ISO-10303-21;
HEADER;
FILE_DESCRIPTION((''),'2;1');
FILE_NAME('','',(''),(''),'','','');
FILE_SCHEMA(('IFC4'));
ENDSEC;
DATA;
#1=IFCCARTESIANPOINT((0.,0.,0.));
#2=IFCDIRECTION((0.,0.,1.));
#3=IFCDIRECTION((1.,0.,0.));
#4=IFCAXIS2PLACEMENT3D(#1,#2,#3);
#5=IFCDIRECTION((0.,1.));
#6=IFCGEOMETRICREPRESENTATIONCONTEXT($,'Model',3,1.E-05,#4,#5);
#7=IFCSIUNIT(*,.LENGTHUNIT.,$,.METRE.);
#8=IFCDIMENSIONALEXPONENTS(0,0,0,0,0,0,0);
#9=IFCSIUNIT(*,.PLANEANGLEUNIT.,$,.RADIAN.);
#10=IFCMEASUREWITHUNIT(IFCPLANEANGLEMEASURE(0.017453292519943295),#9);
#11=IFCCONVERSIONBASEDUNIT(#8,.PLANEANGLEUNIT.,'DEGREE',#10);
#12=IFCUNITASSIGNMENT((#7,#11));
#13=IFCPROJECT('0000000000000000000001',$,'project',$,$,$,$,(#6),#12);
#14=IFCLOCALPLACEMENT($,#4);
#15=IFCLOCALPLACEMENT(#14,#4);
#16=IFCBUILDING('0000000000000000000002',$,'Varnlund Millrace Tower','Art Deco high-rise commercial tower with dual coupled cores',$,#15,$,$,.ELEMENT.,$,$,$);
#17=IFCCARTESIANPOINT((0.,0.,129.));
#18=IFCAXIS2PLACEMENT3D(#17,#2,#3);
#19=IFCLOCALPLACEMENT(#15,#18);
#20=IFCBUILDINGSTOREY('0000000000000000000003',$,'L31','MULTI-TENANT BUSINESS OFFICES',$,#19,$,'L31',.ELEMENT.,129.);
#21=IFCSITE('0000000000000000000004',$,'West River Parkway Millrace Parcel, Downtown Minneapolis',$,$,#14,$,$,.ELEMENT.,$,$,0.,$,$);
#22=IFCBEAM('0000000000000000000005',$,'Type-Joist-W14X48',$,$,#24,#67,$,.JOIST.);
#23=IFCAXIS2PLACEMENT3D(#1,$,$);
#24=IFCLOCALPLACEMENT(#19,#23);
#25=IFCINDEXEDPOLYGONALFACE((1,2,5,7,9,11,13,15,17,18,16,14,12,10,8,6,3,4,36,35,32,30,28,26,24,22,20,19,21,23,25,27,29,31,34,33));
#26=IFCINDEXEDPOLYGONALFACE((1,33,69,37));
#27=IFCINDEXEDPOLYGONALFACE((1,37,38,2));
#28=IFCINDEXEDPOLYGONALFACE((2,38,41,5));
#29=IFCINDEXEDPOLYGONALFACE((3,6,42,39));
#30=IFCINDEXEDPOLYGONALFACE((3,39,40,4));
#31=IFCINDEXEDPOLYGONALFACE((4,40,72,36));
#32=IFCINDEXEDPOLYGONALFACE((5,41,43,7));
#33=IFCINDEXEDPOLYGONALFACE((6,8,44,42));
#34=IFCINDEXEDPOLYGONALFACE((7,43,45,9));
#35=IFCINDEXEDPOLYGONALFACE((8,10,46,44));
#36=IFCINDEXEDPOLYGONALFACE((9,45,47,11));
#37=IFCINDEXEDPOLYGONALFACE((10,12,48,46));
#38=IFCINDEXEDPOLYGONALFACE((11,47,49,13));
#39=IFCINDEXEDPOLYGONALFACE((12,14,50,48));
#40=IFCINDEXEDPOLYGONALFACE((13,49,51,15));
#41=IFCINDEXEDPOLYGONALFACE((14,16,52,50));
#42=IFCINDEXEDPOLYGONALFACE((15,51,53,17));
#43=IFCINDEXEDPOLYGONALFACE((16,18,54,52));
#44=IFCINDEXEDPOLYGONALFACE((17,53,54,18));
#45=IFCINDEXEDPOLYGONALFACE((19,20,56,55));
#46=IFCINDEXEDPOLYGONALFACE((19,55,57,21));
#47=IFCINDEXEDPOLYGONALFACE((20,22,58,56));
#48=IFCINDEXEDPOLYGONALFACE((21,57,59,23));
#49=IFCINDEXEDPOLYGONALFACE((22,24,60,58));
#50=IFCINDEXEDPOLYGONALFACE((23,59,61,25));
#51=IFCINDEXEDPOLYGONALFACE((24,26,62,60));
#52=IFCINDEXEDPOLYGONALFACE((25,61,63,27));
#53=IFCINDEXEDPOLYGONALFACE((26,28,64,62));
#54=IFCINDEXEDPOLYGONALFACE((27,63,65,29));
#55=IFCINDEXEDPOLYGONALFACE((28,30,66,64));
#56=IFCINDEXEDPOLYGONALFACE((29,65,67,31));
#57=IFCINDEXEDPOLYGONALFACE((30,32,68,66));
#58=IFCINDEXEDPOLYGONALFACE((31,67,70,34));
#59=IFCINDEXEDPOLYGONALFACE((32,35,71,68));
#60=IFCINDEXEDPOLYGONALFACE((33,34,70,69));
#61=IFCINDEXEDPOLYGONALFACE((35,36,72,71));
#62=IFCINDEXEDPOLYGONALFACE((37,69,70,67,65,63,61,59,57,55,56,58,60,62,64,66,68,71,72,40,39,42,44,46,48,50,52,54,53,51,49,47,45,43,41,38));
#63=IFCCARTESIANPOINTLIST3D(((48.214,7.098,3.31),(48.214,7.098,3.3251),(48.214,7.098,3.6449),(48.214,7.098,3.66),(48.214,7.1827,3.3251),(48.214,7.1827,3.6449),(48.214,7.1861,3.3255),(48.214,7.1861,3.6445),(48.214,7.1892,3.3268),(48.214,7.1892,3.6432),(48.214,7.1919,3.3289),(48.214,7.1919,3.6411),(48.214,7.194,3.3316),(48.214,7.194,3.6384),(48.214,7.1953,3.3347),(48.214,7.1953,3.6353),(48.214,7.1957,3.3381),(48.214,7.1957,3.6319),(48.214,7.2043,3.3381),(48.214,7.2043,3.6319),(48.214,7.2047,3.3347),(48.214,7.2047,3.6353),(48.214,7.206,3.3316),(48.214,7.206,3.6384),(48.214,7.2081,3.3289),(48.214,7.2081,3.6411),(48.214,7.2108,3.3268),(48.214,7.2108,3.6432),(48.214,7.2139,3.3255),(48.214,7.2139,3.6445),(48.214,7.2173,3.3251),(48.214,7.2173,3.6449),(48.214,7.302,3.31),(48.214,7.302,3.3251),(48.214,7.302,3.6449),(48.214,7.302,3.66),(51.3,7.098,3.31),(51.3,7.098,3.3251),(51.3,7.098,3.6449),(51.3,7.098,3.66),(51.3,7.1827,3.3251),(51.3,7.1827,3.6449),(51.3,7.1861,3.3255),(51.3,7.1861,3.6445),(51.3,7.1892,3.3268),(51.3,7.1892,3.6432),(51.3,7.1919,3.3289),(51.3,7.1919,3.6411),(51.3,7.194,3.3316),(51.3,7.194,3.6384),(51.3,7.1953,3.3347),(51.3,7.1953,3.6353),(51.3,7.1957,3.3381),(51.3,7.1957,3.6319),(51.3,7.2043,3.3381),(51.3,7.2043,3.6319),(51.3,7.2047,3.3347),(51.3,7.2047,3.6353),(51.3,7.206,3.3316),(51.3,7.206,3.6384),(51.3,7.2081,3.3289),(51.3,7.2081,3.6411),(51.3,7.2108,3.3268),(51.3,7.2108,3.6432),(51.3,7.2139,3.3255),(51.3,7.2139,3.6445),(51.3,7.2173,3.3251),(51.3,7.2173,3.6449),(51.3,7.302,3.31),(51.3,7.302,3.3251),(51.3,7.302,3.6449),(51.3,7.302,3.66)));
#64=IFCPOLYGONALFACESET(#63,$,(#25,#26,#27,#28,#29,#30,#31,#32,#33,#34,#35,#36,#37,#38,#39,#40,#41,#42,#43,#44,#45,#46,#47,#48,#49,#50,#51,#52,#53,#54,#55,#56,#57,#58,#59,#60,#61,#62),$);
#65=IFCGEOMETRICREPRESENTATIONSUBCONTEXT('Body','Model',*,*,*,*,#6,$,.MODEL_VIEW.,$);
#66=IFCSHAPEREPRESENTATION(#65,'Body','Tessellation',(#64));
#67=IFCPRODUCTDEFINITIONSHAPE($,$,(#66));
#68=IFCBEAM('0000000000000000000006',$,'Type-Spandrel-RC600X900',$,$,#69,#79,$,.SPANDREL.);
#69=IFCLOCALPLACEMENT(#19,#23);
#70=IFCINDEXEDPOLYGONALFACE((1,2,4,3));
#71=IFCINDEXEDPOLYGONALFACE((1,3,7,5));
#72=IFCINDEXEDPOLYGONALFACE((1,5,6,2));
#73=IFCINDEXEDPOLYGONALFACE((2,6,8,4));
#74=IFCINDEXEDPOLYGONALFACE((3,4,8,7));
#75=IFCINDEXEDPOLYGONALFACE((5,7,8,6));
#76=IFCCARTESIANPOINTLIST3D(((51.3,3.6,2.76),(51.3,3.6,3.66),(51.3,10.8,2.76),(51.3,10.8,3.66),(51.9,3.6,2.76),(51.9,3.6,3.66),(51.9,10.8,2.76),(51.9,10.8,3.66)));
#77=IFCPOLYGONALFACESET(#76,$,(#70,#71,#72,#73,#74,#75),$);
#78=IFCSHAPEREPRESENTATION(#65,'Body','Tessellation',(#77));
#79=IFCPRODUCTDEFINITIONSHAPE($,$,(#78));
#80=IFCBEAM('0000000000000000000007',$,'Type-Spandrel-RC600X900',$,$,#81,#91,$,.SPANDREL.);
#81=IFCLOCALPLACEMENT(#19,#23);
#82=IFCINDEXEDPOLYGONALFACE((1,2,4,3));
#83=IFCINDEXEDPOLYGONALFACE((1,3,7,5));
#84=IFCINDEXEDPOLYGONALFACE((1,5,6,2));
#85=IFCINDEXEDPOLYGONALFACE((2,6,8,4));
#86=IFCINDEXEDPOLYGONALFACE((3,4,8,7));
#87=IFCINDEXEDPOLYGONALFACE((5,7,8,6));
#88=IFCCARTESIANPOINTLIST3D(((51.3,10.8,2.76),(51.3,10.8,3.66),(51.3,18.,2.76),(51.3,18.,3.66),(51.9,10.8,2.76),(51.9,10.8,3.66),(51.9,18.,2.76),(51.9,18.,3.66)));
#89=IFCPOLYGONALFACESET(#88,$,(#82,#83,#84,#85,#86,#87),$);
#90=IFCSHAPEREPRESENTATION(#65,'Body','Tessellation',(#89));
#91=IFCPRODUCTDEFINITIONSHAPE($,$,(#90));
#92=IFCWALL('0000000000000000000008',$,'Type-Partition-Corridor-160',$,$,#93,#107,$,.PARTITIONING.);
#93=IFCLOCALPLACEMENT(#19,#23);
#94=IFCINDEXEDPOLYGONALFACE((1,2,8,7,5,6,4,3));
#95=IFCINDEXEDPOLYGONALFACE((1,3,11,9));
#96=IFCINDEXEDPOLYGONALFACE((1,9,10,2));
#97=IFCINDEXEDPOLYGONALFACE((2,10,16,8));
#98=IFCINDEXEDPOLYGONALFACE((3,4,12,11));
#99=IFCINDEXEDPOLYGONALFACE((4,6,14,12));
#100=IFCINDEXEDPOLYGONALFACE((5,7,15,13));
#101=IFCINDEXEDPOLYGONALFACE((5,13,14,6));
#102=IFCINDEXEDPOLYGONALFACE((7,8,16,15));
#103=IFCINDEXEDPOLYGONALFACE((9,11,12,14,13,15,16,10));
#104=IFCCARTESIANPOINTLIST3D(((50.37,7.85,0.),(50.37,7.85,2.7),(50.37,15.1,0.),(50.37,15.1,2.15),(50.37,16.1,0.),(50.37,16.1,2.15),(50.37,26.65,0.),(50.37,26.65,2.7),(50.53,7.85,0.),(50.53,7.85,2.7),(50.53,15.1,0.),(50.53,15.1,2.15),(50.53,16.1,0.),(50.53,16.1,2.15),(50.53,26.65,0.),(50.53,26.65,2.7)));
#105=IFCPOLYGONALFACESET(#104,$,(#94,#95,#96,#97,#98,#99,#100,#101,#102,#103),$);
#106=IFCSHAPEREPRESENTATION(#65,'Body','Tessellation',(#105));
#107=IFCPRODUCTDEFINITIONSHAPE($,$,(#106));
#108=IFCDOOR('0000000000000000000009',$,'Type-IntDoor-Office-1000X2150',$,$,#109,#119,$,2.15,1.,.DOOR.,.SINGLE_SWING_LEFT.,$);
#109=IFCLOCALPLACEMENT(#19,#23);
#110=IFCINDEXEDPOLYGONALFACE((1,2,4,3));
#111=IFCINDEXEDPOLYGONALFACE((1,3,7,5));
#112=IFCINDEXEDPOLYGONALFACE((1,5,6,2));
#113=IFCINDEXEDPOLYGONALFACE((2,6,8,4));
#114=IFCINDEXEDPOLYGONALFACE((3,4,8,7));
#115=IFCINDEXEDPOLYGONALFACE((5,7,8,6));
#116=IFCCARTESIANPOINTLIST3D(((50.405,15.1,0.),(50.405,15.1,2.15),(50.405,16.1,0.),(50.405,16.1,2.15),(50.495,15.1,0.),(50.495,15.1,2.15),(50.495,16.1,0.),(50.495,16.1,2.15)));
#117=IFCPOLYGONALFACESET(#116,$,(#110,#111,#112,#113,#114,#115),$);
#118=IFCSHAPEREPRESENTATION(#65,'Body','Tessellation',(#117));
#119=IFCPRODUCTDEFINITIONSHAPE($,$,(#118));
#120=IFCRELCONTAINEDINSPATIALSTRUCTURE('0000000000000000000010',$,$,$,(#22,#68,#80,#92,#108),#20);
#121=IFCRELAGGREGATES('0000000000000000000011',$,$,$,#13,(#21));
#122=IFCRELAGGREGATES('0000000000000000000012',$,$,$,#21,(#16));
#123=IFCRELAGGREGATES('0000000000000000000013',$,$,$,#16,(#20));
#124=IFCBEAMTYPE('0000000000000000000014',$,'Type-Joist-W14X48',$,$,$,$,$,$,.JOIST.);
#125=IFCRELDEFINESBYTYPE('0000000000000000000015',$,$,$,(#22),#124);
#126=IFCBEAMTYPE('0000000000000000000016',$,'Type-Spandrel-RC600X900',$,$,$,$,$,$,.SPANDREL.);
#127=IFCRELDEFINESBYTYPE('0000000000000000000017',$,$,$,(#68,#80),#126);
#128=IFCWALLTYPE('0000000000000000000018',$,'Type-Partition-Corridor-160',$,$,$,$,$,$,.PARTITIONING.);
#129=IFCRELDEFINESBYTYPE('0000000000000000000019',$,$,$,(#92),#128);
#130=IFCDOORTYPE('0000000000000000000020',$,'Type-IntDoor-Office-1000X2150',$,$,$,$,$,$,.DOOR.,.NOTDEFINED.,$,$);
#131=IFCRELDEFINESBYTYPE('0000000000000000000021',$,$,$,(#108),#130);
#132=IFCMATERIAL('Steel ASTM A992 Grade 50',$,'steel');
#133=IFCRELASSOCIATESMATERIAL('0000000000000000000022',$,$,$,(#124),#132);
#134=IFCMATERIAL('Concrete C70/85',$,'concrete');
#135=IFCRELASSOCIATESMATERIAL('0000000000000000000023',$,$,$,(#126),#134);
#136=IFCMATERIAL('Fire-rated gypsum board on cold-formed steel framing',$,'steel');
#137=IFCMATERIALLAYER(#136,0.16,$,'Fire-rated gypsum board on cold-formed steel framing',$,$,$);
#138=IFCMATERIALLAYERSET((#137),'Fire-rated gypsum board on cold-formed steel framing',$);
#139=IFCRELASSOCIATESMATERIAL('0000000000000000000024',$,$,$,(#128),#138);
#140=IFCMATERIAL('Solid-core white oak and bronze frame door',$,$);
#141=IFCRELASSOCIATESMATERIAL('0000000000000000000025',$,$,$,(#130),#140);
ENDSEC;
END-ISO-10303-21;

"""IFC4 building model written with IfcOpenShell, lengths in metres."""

from ifc_helpers import new_model, entity, si_unit, converted_unit, direction, frame, origin_with_axes, origin_2d_with_axis, place, context, subcontext, project, spatial, polyline, rectangle, i_section, outline, extrude, material, layer, layer_set, material_profile, profile_set, type_object, element, fill, save


model = new_model("IFC4")

# Units and contexts
model_context = context("Model", 3, precision=1e-05, world=origin_with_axes(), true_north=direction((0.0, 1.0)))
body_context = subcontext(model_context, "Body", "Model", "MODEL_VIEW")
ifc_project = project(units=[si_unit("LENGTHUNIT", "METRE"), converted_unit("PLANEANGLEUNIT", "DEGREE", entity("IfcPlaneAngleMeasure", 0.017453292519943295), si_unit("PLANEANGLEUNIT", "RADIAN"), dimensions=[0, 0, 0, 0, 0, 0, 0])], contexts=[model_context])

# Site, building, storey
site_placement = place(None, origin_with_axes())
site = spatial("IfcSite", under=ifc_project, at=site_placement, Name="West River Parkway Millrace Parcel, Downtown Minneapolis", CompositionType="ELEMENT", RefElevation=0.0)
building_placement = place(site_placement, origin_with_axes())
building = spatial("IfcBuilding", under=site, at=building_placement, Name="Varnlund Millrace Tower", Description="Art Deco high-rise commercial tower with dual coupled cores", CompositionType="ELEMENT")
storey_placement = place(building_placement, frame((0.0, 0.0, 129.0), z_axis=(0.0, 0.0, 1.0), x_axis=(1.0, 0.0, 0.0)))
storey = spatial("IfcBuildingStorey", under=building, at=storey_placement, Name="L31", Description="MULTI-TENANT BUSINESS OFFICES", LongName="L31", CompositionType="ELEMENT", Elevation=129.0)

# Beams
ifc_material_1 = material(Name="Steel ASTM A992 Grade 50", Category="steel")
ifc_material_profile_1 = material_profile(ifc_material_1, i_section(OverallWidth=0.204, OverallDepth=0.35, WebThickness=0.0086, FlangeThickness=0.0151, FilletRadius=0.013, at=origin_2d_with_axis()), Name="Steel ASTM A992 Grade 50")
ifc_profile_set_1 = profile_set([ifc_material_profile_1], Name="Steel ASTM A992 Grade 50")
beam_type_1 = type_object("IfcBeamType", Name="Type-Joist-W14X48", PredefinedType="JOIST", material=ifc_profile_set_1)
beam_1_placement = place(storey_placement, frame((48.214, 7.2, 3.485), z_axis=(1.0, 0.0, 0.0), x_axis=(0.0, 1.0, 0.0)))
element("IfcBeam", 1, at=beam_1_placement, inside=storey, type_object=beam_type_1, Name="Type-Joist-W14X48", PredefinedType="JOIST", context=body_context, shape_type="SweptSolid", body=[
    extrude(i_section(OverallWidth=0.204, OverallDepth=0.35, WebThickness=0.0086, FlangeThickness=0.0151, FilletRadius=0.013, at=origin_2d_with_axis()), origin_with_axes(), (0.0, 0.0, 1.0), 3.086),
])
ifc_material_2 = material(Name="Concrete C70/85", Category="concrete")
ifc_material_profile_2 = material_profile(ifc_material_2, rectangle(XDim=0.6, YDim=0.9, at=origin_2d_with_axis()), Name="Concrete C70/85")
ifc_profile_set_2 = profile_set([ifc_material_profile_2], Name="Concrete C70/85")
beam_type_2 = type_object("IfcBeamType", Name="Type-Spandrel-RC600X900", PredefinedType="SPANDREL", material=ifc_profile_set_2)
for number, where, z_axis, x_axis, name in (
    (2, (51.6, 3.6, 3.21), (0.0, 1.0, 0.0), (-1.0, 0.0, 0.0), "Type-Spandrel-RC600X900"),
    (3, (51.6, 10.8, 3.21), (0.0, 1.0, 0.0), (-1.0, 0.0, 0.0), "Type-Spandrel-RC600X900"),
):
    element("IfcBeam", number, at=place(storey_placement, frame(where, z_axis=z_axis, x_axis=x_axis)), inside=storey, type_object=beam_type_2, Name=name, PredefinedType="SPANDREL", context=body_context, shape_type="SweptSolid", body=[
        extrude(rectangle(XDim=0.6, YDim=0.9, at=origin_2d_with_axis()), origin_with_axes(), (0.0, 0.0, 1.0), 7.2),
    ])

# Wall, opening, door
ifc_material_3 = material(Name="Fire-rated gypsum board on cold-formed steel framing", Category="steel")
ifc_layer = layer(ifc_material_3, 0.16, Name="Fire-rated gypsum board on cold-formed steel framing")
ifc_layer_set = layer_set([ifc_layer], Name="Fire-rated gypsum board on cold-formed steel framing")
wall_type = type_object("IfcWallType", Name="Type-Partition-Corridor-160", PredefinedType="PARTITIONING", material=ifc_layer_set)
wall_placement = place(storey_placement, frame((50.45, 7.85, 0.0), z_axis=(0.0, 0.0, 1.0), x_axis=(0.0, 1.0, 0.0)))
wall = element("IfcWall", 4, at=wall_placement, inside=storey, type_object=wall_type, Name="Type-Partition-Corridor-160", PredefinedType="PARTITIONING", context=body_context, shape_type="SweptSolid", body=[
    extrude(outline(polyline([(0.0, -0.08), (18.8, -0.08), (18.8, 0.08), (0.0, 0.08), (0.0, -0.08)])), origin_with_axes(), (0.0, 0.0, 1.0), 2.7),
])
opening_placement = place(wall_placement, frame((7.75, 0.0, 0.0), z_axis=(0.0, 0.0, 1.0), x_axis=(1.0, 0.0, 0.0)))
opening = element("IfcOpeningElement", 5, at=opening_placement, cuts=wall, PredefinedType="OPENING", context=body_context, shape_type="SweptSolid", body=[
    extrude(rectangle(XDim=1.0, YDim=0.18, at=origin_2d_with_axis()), origin_with_axes(), (0.0, 0.0, 1.0), 2.15),
])
ifc_material_4 = material(Name="Solid-core white oak and bronze frame door")
door_type = type_object("IfcDoorType", Name="Type-IntDoor-Office-1000X2150", OperationType="NOTDEFINED", PredefinedType="DOOR", material=ifc_material_4)
door_placement = place(wall_placement, frame((7.75, 0.0, 0.0), z_axis=(0.0, 0.0, 1.0), x_axis=(1.0, 0.0, 0.0)))
door = element("IfcDoor", 6, at=door_placement, inside=storey, type_object=door_type, Name="Type-IntDoor-Office-1000X2150", OperationType="SINGLE_SWING_LEFT", OverallHeight=2.15, OverallWidth=1.0, PredefinedType="DOOR", context=body_context, shape_type="SweptSolid", body=[
    extrude(rectangle(XDim=1.0, YDim=0.09, at=origin_2d_with_axis()), origin_with_axes(), (0.0, 0.0, 1.0), 2.15),
])
fill(opening, door)

save(model, "model.ifc")
